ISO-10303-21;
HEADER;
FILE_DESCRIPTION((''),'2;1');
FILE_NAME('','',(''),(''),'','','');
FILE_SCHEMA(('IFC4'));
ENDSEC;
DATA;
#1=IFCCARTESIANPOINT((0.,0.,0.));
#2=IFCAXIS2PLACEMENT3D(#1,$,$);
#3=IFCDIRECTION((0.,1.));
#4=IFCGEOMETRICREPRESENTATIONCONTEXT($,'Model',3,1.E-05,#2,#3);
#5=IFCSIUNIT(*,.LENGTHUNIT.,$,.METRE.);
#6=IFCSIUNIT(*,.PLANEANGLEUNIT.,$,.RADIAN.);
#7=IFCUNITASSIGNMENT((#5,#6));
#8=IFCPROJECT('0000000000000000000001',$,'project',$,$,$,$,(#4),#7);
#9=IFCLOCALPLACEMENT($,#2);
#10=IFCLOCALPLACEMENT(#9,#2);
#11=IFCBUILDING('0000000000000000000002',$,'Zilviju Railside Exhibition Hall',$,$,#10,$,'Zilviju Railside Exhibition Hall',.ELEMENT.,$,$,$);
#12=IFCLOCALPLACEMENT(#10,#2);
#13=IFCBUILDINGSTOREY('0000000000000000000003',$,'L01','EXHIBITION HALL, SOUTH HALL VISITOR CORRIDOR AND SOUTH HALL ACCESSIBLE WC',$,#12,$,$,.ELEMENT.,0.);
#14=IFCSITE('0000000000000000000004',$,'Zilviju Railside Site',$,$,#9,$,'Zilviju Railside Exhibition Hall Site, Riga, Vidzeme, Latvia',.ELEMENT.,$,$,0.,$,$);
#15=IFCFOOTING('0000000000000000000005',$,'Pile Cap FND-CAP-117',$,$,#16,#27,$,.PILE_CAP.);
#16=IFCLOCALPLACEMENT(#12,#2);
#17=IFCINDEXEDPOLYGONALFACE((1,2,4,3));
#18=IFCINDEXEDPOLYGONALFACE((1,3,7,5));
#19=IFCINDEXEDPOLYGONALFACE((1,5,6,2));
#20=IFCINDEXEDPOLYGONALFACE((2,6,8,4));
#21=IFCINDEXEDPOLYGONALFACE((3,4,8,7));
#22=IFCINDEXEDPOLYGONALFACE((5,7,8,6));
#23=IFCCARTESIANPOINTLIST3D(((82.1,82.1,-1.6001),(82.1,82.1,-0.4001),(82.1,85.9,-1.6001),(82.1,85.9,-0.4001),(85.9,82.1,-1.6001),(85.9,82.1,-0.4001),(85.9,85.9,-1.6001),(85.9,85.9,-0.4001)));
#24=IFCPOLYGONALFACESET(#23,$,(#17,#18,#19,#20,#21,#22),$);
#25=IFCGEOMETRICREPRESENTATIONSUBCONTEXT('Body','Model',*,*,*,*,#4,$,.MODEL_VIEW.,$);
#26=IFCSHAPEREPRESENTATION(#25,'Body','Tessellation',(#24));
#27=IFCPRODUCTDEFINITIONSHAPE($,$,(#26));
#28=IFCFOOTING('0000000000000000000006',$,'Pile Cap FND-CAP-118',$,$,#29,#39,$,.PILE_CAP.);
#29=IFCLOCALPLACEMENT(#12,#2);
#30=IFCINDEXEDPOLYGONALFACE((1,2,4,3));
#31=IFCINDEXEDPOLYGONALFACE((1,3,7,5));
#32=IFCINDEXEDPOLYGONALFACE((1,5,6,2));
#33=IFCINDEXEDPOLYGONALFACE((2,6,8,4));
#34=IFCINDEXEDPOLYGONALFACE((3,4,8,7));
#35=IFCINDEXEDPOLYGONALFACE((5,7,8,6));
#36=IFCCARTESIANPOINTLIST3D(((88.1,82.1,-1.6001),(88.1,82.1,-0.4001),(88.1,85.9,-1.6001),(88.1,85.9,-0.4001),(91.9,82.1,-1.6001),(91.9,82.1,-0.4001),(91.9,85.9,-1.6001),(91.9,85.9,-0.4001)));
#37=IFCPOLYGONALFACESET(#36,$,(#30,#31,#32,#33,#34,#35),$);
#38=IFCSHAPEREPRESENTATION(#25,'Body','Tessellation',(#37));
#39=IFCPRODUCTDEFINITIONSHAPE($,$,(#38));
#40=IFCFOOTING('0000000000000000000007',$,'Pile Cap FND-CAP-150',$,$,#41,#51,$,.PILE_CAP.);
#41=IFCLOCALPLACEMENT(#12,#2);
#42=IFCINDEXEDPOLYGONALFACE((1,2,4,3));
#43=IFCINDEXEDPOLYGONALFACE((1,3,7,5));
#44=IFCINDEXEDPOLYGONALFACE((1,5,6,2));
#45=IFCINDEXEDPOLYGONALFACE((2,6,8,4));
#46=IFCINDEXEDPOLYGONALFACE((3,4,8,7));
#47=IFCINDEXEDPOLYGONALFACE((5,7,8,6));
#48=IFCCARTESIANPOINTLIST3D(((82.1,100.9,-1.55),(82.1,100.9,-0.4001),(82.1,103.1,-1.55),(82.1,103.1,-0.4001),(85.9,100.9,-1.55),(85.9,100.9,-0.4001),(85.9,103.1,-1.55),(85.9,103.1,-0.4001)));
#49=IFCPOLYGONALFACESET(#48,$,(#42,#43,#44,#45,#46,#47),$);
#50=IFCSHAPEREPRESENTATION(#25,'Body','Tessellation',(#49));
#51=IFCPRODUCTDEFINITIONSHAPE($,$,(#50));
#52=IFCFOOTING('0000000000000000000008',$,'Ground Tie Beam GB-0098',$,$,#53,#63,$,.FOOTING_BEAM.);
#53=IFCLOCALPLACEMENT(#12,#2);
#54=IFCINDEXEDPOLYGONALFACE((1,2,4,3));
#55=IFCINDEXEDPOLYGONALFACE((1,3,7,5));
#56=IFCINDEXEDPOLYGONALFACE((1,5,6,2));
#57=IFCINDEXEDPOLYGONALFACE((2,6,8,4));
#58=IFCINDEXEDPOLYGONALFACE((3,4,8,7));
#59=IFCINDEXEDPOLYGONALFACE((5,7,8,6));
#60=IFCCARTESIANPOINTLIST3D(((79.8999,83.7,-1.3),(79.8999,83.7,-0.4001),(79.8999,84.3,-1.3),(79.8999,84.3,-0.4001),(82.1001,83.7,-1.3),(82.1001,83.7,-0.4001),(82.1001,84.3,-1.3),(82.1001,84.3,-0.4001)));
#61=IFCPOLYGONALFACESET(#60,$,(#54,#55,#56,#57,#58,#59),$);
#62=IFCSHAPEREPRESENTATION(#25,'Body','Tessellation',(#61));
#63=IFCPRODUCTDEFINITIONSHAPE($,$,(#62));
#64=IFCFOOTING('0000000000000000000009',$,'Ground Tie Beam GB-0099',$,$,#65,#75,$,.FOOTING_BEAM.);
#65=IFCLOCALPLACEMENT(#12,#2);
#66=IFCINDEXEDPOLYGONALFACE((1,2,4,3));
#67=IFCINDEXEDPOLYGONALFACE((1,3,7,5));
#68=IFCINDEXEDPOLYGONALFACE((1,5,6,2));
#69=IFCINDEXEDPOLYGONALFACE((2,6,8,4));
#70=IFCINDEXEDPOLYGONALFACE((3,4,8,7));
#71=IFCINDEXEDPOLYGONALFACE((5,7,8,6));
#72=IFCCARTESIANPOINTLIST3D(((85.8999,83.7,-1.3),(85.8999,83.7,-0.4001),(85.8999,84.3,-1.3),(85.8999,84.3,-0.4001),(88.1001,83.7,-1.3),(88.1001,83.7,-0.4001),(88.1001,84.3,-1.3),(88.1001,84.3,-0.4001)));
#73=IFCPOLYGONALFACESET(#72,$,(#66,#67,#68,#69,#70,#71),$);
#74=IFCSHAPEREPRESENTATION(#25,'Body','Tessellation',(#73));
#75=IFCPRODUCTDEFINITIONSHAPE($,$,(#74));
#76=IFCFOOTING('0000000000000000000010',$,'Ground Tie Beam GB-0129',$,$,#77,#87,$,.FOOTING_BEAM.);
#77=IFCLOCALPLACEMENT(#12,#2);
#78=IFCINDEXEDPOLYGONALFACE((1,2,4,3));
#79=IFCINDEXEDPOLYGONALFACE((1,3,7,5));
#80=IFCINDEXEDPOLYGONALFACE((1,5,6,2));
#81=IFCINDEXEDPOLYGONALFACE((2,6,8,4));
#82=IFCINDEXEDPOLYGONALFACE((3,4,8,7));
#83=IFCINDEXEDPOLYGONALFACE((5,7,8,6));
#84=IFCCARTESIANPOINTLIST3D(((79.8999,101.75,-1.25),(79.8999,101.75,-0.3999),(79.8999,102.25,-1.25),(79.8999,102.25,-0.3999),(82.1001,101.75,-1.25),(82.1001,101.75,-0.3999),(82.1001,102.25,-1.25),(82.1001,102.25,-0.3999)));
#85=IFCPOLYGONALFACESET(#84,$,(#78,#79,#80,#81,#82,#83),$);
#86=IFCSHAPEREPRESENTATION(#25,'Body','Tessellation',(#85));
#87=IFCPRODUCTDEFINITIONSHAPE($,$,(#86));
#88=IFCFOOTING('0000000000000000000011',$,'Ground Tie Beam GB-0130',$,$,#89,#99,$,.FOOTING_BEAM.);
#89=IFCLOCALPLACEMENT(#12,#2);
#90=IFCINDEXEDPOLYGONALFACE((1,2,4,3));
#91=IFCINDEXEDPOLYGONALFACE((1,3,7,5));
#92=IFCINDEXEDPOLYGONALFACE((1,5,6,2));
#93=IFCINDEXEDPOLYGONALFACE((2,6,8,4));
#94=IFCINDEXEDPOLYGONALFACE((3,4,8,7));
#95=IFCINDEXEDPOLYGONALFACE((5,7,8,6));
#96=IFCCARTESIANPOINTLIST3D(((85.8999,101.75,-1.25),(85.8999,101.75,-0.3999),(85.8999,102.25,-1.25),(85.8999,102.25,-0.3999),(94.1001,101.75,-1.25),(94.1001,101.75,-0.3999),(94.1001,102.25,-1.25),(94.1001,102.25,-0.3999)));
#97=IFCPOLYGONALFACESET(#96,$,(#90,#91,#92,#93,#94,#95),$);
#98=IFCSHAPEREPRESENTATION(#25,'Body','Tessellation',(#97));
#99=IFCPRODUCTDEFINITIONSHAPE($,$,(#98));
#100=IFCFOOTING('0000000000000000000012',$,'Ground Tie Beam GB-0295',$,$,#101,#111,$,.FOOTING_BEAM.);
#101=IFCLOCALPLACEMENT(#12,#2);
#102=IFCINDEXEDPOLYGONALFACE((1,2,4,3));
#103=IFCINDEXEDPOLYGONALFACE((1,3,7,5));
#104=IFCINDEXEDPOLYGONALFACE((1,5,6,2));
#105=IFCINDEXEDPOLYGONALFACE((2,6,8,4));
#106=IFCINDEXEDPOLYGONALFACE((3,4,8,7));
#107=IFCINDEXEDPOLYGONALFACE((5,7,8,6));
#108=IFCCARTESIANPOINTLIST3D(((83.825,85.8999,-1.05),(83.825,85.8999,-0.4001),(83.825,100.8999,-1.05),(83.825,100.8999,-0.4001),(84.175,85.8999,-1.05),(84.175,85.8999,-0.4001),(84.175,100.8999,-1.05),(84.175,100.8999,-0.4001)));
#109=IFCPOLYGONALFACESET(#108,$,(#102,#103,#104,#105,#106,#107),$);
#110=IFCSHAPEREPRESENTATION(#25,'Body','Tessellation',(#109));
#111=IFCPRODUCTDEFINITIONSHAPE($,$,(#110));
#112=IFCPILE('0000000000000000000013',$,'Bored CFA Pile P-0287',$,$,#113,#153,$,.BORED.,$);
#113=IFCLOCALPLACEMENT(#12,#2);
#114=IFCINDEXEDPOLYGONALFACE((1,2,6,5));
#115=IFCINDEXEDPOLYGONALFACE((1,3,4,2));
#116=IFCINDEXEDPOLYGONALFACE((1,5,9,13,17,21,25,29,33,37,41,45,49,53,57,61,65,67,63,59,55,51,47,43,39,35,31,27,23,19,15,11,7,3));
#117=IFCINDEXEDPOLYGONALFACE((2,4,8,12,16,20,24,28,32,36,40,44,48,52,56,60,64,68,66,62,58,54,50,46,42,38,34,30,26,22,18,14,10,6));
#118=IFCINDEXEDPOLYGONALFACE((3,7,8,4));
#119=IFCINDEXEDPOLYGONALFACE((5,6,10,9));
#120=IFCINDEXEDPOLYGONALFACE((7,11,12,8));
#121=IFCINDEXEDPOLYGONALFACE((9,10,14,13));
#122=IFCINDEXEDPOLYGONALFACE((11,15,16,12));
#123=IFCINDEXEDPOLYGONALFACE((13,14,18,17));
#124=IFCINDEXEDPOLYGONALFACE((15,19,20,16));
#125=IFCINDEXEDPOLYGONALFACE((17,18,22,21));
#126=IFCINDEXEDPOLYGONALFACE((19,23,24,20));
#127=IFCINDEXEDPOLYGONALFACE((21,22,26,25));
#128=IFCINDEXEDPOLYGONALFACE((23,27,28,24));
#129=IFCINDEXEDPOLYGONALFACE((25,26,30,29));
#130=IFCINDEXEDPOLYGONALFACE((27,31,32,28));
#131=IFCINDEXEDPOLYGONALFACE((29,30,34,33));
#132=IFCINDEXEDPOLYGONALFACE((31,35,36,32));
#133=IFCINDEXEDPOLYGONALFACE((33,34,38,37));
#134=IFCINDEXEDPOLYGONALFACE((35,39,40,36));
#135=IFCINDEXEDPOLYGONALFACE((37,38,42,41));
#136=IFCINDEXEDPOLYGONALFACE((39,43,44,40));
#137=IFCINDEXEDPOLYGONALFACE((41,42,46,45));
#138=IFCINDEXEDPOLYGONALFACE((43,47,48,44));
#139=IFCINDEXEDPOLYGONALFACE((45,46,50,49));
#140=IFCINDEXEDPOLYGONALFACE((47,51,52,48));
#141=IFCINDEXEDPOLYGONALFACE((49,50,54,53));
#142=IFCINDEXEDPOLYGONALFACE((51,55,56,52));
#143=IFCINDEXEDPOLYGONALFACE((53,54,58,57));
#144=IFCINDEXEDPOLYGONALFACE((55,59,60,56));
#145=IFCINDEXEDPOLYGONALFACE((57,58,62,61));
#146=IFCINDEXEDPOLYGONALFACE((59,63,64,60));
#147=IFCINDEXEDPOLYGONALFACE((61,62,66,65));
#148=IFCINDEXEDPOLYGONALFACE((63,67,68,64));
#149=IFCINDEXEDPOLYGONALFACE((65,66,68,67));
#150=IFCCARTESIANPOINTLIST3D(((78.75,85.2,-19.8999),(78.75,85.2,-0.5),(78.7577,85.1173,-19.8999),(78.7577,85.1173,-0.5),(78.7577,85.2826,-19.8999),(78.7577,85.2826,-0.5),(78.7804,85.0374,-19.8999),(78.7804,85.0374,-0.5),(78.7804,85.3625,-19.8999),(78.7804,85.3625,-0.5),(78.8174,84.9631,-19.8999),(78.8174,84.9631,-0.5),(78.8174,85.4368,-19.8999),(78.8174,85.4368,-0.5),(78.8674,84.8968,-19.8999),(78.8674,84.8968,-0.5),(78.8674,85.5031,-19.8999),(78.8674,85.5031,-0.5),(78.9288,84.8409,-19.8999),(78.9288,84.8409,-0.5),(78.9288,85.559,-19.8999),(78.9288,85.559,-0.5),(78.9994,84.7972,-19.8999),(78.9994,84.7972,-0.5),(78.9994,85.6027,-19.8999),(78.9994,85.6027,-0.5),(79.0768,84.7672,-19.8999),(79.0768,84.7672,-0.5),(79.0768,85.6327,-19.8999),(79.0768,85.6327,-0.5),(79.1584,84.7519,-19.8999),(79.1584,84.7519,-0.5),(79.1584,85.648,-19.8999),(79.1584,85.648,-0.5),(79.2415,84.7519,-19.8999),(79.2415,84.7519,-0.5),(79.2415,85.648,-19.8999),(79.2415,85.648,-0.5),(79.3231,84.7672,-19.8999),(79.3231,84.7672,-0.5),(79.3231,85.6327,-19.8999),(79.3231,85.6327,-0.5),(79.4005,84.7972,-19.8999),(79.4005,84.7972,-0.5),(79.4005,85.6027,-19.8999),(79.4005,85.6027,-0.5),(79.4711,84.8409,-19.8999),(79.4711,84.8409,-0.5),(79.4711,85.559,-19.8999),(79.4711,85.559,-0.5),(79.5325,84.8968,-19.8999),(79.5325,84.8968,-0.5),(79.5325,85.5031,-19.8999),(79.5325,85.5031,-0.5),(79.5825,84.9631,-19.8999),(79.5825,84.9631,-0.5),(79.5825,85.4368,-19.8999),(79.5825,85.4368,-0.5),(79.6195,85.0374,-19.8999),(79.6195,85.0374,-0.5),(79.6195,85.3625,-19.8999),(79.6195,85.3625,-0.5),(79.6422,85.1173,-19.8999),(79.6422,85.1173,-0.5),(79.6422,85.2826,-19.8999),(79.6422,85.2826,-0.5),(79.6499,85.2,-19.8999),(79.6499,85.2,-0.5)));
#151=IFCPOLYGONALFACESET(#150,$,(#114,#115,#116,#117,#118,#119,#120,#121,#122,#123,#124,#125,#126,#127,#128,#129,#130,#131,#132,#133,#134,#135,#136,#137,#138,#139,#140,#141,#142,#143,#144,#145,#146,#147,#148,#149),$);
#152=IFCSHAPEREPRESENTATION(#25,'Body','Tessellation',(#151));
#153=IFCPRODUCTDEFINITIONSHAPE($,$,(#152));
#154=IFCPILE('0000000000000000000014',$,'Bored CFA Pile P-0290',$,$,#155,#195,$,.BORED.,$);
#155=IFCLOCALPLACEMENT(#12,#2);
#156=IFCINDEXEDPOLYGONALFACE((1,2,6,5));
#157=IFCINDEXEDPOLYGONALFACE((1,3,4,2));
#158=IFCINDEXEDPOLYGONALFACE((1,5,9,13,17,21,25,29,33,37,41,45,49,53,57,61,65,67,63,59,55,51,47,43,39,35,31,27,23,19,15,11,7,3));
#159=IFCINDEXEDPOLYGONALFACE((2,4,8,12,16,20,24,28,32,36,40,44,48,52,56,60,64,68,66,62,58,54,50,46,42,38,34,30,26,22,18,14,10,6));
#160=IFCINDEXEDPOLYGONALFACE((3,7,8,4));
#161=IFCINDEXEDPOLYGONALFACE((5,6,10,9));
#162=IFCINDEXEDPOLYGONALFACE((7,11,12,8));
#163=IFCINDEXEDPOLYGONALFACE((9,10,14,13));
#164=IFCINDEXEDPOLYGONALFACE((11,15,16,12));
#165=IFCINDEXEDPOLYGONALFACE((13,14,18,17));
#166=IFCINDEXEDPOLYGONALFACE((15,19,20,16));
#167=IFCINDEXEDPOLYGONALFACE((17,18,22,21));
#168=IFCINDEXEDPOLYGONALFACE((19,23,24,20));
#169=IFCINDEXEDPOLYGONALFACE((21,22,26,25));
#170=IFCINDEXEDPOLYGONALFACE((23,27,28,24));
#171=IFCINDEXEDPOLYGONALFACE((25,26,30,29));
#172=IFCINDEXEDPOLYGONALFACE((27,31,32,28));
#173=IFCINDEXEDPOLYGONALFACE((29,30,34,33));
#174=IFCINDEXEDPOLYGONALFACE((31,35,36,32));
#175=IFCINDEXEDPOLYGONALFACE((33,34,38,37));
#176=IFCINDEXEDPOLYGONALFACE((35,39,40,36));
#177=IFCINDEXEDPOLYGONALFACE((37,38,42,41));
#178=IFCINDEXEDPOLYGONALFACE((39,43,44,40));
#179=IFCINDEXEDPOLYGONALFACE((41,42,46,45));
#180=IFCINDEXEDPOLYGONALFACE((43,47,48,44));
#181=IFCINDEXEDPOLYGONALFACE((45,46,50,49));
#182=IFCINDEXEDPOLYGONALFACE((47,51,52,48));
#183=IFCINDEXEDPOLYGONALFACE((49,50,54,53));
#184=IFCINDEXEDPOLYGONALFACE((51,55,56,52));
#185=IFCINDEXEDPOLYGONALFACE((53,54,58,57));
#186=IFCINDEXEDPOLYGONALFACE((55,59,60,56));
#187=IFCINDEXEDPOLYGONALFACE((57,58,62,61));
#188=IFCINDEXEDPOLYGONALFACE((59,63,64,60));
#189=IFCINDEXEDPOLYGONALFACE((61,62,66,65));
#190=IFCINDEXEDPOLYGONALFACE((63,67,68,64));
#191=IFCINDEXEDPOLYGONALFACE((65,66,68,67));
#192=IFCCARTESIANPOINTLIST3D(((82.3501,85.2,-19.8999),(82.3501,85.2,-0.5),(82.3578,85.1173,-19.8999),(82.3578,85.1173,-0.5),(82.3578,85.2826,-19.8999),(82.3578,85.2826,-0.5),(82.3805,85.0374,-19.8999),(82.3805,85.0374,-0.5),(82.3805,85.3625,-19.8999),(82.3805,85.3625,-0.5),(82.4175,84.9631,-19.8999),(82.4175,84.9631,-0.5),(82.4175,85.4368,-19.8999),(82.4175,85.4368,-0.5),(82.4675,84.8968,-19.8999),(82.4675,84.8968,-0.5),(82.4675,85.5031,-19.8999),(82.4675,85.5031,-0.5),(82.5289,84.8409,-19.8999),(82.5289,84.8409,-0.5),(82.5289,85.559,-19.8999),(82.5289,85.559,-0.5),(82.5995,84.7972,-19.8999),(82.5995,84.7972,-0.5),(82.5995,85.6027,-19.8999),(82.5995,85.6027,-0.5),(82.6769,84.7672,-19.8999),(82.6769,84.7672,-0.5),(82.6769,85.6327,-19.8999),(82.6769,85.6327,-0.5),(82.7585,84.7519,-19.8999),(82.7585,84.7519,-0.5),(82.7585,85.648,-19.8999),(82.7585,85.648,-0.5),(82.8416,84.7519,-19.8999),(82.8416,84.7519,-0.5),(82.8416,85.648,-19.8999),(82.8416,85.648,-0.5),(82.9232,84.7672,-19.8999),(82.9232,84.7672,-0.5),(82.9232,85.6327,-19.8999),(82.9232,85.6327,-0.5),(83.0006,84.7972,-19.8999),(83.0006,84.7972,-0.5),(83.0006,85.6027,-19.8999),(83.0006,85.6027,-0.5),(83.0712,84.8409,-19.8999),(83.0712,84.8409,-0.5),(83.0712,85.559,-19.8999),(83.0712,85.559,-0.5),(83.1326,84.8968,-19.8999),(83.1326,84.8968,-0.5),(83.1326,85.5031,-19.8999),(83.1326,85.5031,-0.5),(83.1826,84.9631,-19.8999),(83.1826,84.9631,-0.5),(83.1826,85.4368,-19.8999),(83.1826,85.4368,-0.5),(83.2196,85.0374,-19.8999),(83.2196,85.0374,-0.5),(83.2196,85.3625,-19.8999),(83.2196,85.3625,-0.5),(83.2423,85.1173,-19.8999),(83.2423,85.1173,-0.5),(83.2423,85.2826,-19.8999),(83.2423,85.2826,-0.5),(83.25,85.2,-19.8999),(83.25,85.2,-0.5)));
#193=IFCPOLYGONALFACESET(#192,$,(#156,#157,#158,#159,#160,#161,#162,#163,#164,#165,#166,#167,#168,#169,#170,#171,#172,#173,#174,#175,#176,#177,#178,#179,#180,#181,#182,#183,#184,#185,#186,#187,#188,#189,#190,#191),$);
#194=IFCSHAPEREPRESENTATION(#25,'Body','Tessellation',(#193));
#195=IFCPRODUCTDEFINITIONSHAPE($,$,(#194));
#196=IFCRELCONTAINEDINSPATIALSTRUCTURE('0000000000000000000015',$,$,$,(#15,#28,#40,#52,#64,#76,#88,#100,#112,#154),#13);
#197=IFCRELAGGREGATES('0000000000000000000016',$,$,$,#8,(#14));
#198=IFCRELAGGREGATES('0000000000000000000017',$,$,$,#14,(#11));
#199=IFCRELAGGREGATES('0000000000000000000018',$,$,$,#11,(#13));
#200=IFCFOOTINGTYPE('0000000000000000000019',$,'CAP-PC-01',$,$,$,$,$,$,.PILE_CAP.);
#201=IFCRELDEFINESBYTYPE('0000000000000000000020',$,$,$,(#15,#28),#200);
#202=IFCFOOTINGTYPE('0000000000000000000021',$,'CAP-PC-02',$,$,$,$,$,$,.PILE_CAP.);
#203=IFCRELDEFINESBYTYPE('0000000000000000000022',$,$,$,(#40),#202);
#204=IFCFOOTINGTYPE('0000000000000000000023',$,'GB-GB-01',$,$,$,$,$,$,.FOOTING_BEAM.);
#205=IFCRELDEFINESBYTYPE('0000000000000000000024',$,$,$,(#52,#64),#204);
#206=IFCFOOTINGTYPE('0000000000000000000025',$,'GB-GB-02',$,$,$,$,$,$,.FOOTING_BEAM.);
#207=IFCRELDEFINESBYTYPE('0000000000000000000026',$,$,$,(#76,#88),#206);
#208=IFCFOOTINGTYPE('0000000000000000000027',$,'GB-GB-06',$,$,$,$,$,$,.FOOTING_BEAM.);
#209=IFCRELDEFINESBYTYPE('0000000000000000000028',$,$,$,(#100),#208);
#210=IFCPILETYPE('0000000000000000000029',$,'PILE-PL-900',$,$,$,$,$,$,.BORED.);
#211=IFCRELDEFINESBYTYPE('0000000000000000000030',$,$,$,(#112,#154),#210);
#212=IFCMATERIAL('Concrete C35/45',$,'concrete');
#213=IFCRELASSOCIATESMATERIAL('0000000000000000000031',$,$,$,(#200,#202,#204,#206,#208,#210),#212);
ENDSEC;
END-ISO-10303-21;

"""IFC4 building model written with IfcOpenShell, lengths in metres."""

from ifc_helpers import new_model, si_unit, direction, frame, origin, origin_2d, place, context, subcontext, project, spatial, rectangle, circle, extrude, material, material_profile, profile_set, type_object, element, save


model = new_model("IFC4")

# Units and contexts
model_context = context("Model", 3, precision=1e-05, world=origin(), true_north=direction((0.0, 1.0)))
body_context = subcontext(model_context, "Body", "Model", "MODEL_VIEW")
ifc_project = project(units=[si_unit("LENGTHUNIT", "METRE"), si_unit("PLANEANGLEUNIT", "RADIAN")], contexts=[model_context])

# Site, building, storey
site_placement = place(None, origin())
site = spatial("IfcSite", under=ifc_project, at=site_placement, Name="Zilviju Railside Site", LongName="Zilviju Railside Exhibition Hall Site, Riga, Vidzeme, Latvia", CompositionType="ELEMENT", RefElevation=0.0)
building_placement = place(site_placement, origin())
building = spatial("IfcBuilding", under=site, at=building_placement, Name="Zilviju Railside Exhibition Hall", LongName="Zilviju Railside Exhibition Hall", CompositionType="ELEMENT")
storey_placement = place(building_placement, origin())
storey = spatial("IfcBuildingStorey", under=building, at=storey_placement, Name="L01", Description="EXHIBITION HALL, SOUTH HALL VISITOR CORRIDOR AND SOUTH HALL ACCESSIBLE WC", CompositionType="ELEMENT", Elevation=0.0)

# Footings
ifc_material_1 = material(Name="Concrete C35/45", Category="concrete")
footing_type_1 = type_object("IfcFootingType", Name="CAP-PC-01", PredefinedType="PILE_CAP", material=ifc_material_1)
for number, where, z_axis, x_axis, name in (
    (1, (84.0, 84.0, -1.6001), (0.0, 0.0, 1.0), (1.0, 0.0, 0.0), "Pile Cap FND-CAP-117"),
    (2, (90.0, 84.0, -1.6001), (0.0, 0.0, 1.0), (1.0, 0.0, 0.0), "Pile Cap FND-CAP-118"),
):
    element("IfcFooting", number, at=place(storey_placement, frame(where, z_axis=z_axis, x_axis=x_axis)), inside=storey, type_object=footing_type_1, Name=name, PredefinedType="PILE_CAP", context=body_context, shape_type="SweptSolid", body=[
        extrude(rectangle(XDim=3.8, YDim=3.8, at=origin_2d()), origin(), (0.0, 0.0, 1.0), 1.2),
    ])
footing_type_2 = type_object("IfcFootingType", Name="CAP-PC-02", PredefinedType="PILE_CAP", material=ifc_material_1)
footing_1_placement = place(storey_placement, frame((84.0, 102.0, -1.55), z_axis=(0.0, 0.0, 1.0), x_axis=(1.0, 0.0, 0.0)))
element("IfcFooting", 3, at=footing_1_placement, inside=storey, type_object=footing_type_2, Name="Pile Cap FND-CAP-150", PredefinedType="PILE_CAP", context=body_context, shape_type="SweptSolid", body=[
    extrude(rectangle(XDim=3.8, YDim=2.2, at=origin_2d()), origin(), (0.0, 0.0, 1.0), 1.1499),
])
ifc_material_profile_1 = material_profile(ifc_material_1, rectangle(XDim=0.6001, YDim=0.8999, at=origin_2d()), Name="TIE BEAM 600x900")
ifc_profile_set_1 = profile_set([ifc_material_profile_1], Name="Concrete C35/45")
footing_type_3 = type_object("IfcFootingType", Name="GB-GB-01", PredefinedType="FOOTING_BEAM", material=ifc_profile_set_1)
for number, where, z_axis, x_axis, name in (
    (4, (79.8999, 84.0, -0.8501), (1.0, 0.0, 0.0), (0.0, 1.0, 0.0), "Ground Tie Beam GB-0098"),
    (5, (85.8999, 84.0, -0.8501), (1.0, 0.0, 0.0), (0.0, 1.0, 0.0), "Ground Tie Beam GB-0099"),
):
    element("IfcFooting", number, at=place(storey_placement, frame(where, z_axis=z_axis, x_axis=x_axis)), inside=storey, type_object=footing_type_3, Name=name, PredefinedType="FOOTING_BEAM", context=body_context, shape_type="SweptSolid", body=[
        extrude(rectangle(XDim=0.6001, YDim=0.8999, at=origin_2d()), origin(), (0.0, 0.0, 1.0), 2.2002),
    ])
ifc_material_profile_2 = material_profile(ifc_material_1, rectangle(XDim=0.5, YDim=0.8501, at=origin_2d()), Name="TIE BEAM 500x850")
ifc_profile_set_2 = profile_set([ifc_material_profile_2], Name="Concrete C35/45")
footing_type_4 = type_object("IfcFootingType", Name="GB-GB-02", PredefinedType="FOOTING_BEAM", material=ifc_profile_set_2)
footing_2_placement = place(storey_placement, frame((79.8999, 102.0, -0.825), z_axis=(1.0, 0.0, 0.0), x_axis=(0.0, 1.0, 0.0)))
element("IfcFooting", 6, at=footing_2_placement, inside=storey, type_object=footing_type_4, Name="Ground Tie Beam GB-0129", PredefinedType="FOOTING_BEAM", context=body_context, shape_type="SweptSolid", body=[
    extrude(rectangle(XDim=0.5, YDim=0.8501, at=origin_2d()), origin(), (0.0, 0.0, 1.0), 2.2002),
])
footing_3_placement = place(storey_placement, frame((85.8999, 102.0, -0.825), z_axis=(1.0, 0.0, 0.0), x_axis=(0.0, 1.0, 0.0)))
element("IfcFooting", 7, at=footing_3_placement, inside=storey, type_object=footing_type_4, Name="Ground Tie Beam GB-0130", PredefinedType="FOOTING_BEAM", context=body_context, shape_type="SweptSolid", body=[
    extrude(rectangle(XDim=0.5, YDim=0.8501, at=origin_2d()), origin(), (0.0, 0.0, 1.0), 8.2002),
])
ifc_material_profile_3 = material_profile(ifc_material_1, rectangle(XDim=0.3501, YDim=0.6499, at=origin_2d()), Name="TIE BEAM 350x650")
ifc_profile_set_3 = profile_set([ifc_material_profile_3], Name="Concrete C35/45")
footing_type_5 = type_object("IfcFootingType", Name="GB-GB-06", PredefinedType="FOOTING_BEAM", material=ifc_profile_set_3)
footing_4_placement = place(storey_placement, frame((84.0, 85.8999, -0.7251), z_axis=(0.0, 1.0, 0.0), x_axis=(-1.0, 0.0, 0.0)))
element("IfcFooting", 8, at=footing_4_placement, inside=storey, type_object=footing_type_5, Name="Ground Tie Beam GB-0295", PredefinedType="FOOTING_BEAM", context=body_context, shape_type="SweptSolid", body=[
    extrude(rectangle(XDim=0.3501, YDim=0.6499, at=origin_2d()), origin(), (0.0, 0.0, 1.0), 15.0),
])

# Piles
ifc_material_profile_4 = material_profile(ifc_material_1, circle(Radius=0.45, at=origin_2d()), Name="CFA PILE D900")
ifc_profile_set_4 = profile_set([ifc_material_profile_4], Name="Concrete C35/45")
pile_type = type_object("IfcPileType", Name="PILE-PL-900", PredefinedType="BORED", material=ifc_profile_set_4)
for number, where, z_axis, x_axis, name in (
    (9, (79.2, 85.2, -0.5), (0.0, 0.0, -1.0), (1.0, 0.0, 0.0), "Bored CFA Pile P-0287"),
    (10, (82.8, 85.2, -0.5), (0.0, 0.0, -1.0), (1.0, 0.0, 0.0), "Bored CFA Pile P-0290"),
):
    element("IfcPile", number, at=place(storey_placement, frame(where, z_axis=z_axis, x_axis=x_axis)), inside=storey, type_object=pile_type, Name=name, PredefinedType="BORED", context=body_context, shape_type="SweptSolid", body=[
        extrude(circle(Radius=0.45, at=origin_2d()), origin(), (0.0, 0.0, 1.0), 19.3999),
    ])

save(model, "model.ifc")
